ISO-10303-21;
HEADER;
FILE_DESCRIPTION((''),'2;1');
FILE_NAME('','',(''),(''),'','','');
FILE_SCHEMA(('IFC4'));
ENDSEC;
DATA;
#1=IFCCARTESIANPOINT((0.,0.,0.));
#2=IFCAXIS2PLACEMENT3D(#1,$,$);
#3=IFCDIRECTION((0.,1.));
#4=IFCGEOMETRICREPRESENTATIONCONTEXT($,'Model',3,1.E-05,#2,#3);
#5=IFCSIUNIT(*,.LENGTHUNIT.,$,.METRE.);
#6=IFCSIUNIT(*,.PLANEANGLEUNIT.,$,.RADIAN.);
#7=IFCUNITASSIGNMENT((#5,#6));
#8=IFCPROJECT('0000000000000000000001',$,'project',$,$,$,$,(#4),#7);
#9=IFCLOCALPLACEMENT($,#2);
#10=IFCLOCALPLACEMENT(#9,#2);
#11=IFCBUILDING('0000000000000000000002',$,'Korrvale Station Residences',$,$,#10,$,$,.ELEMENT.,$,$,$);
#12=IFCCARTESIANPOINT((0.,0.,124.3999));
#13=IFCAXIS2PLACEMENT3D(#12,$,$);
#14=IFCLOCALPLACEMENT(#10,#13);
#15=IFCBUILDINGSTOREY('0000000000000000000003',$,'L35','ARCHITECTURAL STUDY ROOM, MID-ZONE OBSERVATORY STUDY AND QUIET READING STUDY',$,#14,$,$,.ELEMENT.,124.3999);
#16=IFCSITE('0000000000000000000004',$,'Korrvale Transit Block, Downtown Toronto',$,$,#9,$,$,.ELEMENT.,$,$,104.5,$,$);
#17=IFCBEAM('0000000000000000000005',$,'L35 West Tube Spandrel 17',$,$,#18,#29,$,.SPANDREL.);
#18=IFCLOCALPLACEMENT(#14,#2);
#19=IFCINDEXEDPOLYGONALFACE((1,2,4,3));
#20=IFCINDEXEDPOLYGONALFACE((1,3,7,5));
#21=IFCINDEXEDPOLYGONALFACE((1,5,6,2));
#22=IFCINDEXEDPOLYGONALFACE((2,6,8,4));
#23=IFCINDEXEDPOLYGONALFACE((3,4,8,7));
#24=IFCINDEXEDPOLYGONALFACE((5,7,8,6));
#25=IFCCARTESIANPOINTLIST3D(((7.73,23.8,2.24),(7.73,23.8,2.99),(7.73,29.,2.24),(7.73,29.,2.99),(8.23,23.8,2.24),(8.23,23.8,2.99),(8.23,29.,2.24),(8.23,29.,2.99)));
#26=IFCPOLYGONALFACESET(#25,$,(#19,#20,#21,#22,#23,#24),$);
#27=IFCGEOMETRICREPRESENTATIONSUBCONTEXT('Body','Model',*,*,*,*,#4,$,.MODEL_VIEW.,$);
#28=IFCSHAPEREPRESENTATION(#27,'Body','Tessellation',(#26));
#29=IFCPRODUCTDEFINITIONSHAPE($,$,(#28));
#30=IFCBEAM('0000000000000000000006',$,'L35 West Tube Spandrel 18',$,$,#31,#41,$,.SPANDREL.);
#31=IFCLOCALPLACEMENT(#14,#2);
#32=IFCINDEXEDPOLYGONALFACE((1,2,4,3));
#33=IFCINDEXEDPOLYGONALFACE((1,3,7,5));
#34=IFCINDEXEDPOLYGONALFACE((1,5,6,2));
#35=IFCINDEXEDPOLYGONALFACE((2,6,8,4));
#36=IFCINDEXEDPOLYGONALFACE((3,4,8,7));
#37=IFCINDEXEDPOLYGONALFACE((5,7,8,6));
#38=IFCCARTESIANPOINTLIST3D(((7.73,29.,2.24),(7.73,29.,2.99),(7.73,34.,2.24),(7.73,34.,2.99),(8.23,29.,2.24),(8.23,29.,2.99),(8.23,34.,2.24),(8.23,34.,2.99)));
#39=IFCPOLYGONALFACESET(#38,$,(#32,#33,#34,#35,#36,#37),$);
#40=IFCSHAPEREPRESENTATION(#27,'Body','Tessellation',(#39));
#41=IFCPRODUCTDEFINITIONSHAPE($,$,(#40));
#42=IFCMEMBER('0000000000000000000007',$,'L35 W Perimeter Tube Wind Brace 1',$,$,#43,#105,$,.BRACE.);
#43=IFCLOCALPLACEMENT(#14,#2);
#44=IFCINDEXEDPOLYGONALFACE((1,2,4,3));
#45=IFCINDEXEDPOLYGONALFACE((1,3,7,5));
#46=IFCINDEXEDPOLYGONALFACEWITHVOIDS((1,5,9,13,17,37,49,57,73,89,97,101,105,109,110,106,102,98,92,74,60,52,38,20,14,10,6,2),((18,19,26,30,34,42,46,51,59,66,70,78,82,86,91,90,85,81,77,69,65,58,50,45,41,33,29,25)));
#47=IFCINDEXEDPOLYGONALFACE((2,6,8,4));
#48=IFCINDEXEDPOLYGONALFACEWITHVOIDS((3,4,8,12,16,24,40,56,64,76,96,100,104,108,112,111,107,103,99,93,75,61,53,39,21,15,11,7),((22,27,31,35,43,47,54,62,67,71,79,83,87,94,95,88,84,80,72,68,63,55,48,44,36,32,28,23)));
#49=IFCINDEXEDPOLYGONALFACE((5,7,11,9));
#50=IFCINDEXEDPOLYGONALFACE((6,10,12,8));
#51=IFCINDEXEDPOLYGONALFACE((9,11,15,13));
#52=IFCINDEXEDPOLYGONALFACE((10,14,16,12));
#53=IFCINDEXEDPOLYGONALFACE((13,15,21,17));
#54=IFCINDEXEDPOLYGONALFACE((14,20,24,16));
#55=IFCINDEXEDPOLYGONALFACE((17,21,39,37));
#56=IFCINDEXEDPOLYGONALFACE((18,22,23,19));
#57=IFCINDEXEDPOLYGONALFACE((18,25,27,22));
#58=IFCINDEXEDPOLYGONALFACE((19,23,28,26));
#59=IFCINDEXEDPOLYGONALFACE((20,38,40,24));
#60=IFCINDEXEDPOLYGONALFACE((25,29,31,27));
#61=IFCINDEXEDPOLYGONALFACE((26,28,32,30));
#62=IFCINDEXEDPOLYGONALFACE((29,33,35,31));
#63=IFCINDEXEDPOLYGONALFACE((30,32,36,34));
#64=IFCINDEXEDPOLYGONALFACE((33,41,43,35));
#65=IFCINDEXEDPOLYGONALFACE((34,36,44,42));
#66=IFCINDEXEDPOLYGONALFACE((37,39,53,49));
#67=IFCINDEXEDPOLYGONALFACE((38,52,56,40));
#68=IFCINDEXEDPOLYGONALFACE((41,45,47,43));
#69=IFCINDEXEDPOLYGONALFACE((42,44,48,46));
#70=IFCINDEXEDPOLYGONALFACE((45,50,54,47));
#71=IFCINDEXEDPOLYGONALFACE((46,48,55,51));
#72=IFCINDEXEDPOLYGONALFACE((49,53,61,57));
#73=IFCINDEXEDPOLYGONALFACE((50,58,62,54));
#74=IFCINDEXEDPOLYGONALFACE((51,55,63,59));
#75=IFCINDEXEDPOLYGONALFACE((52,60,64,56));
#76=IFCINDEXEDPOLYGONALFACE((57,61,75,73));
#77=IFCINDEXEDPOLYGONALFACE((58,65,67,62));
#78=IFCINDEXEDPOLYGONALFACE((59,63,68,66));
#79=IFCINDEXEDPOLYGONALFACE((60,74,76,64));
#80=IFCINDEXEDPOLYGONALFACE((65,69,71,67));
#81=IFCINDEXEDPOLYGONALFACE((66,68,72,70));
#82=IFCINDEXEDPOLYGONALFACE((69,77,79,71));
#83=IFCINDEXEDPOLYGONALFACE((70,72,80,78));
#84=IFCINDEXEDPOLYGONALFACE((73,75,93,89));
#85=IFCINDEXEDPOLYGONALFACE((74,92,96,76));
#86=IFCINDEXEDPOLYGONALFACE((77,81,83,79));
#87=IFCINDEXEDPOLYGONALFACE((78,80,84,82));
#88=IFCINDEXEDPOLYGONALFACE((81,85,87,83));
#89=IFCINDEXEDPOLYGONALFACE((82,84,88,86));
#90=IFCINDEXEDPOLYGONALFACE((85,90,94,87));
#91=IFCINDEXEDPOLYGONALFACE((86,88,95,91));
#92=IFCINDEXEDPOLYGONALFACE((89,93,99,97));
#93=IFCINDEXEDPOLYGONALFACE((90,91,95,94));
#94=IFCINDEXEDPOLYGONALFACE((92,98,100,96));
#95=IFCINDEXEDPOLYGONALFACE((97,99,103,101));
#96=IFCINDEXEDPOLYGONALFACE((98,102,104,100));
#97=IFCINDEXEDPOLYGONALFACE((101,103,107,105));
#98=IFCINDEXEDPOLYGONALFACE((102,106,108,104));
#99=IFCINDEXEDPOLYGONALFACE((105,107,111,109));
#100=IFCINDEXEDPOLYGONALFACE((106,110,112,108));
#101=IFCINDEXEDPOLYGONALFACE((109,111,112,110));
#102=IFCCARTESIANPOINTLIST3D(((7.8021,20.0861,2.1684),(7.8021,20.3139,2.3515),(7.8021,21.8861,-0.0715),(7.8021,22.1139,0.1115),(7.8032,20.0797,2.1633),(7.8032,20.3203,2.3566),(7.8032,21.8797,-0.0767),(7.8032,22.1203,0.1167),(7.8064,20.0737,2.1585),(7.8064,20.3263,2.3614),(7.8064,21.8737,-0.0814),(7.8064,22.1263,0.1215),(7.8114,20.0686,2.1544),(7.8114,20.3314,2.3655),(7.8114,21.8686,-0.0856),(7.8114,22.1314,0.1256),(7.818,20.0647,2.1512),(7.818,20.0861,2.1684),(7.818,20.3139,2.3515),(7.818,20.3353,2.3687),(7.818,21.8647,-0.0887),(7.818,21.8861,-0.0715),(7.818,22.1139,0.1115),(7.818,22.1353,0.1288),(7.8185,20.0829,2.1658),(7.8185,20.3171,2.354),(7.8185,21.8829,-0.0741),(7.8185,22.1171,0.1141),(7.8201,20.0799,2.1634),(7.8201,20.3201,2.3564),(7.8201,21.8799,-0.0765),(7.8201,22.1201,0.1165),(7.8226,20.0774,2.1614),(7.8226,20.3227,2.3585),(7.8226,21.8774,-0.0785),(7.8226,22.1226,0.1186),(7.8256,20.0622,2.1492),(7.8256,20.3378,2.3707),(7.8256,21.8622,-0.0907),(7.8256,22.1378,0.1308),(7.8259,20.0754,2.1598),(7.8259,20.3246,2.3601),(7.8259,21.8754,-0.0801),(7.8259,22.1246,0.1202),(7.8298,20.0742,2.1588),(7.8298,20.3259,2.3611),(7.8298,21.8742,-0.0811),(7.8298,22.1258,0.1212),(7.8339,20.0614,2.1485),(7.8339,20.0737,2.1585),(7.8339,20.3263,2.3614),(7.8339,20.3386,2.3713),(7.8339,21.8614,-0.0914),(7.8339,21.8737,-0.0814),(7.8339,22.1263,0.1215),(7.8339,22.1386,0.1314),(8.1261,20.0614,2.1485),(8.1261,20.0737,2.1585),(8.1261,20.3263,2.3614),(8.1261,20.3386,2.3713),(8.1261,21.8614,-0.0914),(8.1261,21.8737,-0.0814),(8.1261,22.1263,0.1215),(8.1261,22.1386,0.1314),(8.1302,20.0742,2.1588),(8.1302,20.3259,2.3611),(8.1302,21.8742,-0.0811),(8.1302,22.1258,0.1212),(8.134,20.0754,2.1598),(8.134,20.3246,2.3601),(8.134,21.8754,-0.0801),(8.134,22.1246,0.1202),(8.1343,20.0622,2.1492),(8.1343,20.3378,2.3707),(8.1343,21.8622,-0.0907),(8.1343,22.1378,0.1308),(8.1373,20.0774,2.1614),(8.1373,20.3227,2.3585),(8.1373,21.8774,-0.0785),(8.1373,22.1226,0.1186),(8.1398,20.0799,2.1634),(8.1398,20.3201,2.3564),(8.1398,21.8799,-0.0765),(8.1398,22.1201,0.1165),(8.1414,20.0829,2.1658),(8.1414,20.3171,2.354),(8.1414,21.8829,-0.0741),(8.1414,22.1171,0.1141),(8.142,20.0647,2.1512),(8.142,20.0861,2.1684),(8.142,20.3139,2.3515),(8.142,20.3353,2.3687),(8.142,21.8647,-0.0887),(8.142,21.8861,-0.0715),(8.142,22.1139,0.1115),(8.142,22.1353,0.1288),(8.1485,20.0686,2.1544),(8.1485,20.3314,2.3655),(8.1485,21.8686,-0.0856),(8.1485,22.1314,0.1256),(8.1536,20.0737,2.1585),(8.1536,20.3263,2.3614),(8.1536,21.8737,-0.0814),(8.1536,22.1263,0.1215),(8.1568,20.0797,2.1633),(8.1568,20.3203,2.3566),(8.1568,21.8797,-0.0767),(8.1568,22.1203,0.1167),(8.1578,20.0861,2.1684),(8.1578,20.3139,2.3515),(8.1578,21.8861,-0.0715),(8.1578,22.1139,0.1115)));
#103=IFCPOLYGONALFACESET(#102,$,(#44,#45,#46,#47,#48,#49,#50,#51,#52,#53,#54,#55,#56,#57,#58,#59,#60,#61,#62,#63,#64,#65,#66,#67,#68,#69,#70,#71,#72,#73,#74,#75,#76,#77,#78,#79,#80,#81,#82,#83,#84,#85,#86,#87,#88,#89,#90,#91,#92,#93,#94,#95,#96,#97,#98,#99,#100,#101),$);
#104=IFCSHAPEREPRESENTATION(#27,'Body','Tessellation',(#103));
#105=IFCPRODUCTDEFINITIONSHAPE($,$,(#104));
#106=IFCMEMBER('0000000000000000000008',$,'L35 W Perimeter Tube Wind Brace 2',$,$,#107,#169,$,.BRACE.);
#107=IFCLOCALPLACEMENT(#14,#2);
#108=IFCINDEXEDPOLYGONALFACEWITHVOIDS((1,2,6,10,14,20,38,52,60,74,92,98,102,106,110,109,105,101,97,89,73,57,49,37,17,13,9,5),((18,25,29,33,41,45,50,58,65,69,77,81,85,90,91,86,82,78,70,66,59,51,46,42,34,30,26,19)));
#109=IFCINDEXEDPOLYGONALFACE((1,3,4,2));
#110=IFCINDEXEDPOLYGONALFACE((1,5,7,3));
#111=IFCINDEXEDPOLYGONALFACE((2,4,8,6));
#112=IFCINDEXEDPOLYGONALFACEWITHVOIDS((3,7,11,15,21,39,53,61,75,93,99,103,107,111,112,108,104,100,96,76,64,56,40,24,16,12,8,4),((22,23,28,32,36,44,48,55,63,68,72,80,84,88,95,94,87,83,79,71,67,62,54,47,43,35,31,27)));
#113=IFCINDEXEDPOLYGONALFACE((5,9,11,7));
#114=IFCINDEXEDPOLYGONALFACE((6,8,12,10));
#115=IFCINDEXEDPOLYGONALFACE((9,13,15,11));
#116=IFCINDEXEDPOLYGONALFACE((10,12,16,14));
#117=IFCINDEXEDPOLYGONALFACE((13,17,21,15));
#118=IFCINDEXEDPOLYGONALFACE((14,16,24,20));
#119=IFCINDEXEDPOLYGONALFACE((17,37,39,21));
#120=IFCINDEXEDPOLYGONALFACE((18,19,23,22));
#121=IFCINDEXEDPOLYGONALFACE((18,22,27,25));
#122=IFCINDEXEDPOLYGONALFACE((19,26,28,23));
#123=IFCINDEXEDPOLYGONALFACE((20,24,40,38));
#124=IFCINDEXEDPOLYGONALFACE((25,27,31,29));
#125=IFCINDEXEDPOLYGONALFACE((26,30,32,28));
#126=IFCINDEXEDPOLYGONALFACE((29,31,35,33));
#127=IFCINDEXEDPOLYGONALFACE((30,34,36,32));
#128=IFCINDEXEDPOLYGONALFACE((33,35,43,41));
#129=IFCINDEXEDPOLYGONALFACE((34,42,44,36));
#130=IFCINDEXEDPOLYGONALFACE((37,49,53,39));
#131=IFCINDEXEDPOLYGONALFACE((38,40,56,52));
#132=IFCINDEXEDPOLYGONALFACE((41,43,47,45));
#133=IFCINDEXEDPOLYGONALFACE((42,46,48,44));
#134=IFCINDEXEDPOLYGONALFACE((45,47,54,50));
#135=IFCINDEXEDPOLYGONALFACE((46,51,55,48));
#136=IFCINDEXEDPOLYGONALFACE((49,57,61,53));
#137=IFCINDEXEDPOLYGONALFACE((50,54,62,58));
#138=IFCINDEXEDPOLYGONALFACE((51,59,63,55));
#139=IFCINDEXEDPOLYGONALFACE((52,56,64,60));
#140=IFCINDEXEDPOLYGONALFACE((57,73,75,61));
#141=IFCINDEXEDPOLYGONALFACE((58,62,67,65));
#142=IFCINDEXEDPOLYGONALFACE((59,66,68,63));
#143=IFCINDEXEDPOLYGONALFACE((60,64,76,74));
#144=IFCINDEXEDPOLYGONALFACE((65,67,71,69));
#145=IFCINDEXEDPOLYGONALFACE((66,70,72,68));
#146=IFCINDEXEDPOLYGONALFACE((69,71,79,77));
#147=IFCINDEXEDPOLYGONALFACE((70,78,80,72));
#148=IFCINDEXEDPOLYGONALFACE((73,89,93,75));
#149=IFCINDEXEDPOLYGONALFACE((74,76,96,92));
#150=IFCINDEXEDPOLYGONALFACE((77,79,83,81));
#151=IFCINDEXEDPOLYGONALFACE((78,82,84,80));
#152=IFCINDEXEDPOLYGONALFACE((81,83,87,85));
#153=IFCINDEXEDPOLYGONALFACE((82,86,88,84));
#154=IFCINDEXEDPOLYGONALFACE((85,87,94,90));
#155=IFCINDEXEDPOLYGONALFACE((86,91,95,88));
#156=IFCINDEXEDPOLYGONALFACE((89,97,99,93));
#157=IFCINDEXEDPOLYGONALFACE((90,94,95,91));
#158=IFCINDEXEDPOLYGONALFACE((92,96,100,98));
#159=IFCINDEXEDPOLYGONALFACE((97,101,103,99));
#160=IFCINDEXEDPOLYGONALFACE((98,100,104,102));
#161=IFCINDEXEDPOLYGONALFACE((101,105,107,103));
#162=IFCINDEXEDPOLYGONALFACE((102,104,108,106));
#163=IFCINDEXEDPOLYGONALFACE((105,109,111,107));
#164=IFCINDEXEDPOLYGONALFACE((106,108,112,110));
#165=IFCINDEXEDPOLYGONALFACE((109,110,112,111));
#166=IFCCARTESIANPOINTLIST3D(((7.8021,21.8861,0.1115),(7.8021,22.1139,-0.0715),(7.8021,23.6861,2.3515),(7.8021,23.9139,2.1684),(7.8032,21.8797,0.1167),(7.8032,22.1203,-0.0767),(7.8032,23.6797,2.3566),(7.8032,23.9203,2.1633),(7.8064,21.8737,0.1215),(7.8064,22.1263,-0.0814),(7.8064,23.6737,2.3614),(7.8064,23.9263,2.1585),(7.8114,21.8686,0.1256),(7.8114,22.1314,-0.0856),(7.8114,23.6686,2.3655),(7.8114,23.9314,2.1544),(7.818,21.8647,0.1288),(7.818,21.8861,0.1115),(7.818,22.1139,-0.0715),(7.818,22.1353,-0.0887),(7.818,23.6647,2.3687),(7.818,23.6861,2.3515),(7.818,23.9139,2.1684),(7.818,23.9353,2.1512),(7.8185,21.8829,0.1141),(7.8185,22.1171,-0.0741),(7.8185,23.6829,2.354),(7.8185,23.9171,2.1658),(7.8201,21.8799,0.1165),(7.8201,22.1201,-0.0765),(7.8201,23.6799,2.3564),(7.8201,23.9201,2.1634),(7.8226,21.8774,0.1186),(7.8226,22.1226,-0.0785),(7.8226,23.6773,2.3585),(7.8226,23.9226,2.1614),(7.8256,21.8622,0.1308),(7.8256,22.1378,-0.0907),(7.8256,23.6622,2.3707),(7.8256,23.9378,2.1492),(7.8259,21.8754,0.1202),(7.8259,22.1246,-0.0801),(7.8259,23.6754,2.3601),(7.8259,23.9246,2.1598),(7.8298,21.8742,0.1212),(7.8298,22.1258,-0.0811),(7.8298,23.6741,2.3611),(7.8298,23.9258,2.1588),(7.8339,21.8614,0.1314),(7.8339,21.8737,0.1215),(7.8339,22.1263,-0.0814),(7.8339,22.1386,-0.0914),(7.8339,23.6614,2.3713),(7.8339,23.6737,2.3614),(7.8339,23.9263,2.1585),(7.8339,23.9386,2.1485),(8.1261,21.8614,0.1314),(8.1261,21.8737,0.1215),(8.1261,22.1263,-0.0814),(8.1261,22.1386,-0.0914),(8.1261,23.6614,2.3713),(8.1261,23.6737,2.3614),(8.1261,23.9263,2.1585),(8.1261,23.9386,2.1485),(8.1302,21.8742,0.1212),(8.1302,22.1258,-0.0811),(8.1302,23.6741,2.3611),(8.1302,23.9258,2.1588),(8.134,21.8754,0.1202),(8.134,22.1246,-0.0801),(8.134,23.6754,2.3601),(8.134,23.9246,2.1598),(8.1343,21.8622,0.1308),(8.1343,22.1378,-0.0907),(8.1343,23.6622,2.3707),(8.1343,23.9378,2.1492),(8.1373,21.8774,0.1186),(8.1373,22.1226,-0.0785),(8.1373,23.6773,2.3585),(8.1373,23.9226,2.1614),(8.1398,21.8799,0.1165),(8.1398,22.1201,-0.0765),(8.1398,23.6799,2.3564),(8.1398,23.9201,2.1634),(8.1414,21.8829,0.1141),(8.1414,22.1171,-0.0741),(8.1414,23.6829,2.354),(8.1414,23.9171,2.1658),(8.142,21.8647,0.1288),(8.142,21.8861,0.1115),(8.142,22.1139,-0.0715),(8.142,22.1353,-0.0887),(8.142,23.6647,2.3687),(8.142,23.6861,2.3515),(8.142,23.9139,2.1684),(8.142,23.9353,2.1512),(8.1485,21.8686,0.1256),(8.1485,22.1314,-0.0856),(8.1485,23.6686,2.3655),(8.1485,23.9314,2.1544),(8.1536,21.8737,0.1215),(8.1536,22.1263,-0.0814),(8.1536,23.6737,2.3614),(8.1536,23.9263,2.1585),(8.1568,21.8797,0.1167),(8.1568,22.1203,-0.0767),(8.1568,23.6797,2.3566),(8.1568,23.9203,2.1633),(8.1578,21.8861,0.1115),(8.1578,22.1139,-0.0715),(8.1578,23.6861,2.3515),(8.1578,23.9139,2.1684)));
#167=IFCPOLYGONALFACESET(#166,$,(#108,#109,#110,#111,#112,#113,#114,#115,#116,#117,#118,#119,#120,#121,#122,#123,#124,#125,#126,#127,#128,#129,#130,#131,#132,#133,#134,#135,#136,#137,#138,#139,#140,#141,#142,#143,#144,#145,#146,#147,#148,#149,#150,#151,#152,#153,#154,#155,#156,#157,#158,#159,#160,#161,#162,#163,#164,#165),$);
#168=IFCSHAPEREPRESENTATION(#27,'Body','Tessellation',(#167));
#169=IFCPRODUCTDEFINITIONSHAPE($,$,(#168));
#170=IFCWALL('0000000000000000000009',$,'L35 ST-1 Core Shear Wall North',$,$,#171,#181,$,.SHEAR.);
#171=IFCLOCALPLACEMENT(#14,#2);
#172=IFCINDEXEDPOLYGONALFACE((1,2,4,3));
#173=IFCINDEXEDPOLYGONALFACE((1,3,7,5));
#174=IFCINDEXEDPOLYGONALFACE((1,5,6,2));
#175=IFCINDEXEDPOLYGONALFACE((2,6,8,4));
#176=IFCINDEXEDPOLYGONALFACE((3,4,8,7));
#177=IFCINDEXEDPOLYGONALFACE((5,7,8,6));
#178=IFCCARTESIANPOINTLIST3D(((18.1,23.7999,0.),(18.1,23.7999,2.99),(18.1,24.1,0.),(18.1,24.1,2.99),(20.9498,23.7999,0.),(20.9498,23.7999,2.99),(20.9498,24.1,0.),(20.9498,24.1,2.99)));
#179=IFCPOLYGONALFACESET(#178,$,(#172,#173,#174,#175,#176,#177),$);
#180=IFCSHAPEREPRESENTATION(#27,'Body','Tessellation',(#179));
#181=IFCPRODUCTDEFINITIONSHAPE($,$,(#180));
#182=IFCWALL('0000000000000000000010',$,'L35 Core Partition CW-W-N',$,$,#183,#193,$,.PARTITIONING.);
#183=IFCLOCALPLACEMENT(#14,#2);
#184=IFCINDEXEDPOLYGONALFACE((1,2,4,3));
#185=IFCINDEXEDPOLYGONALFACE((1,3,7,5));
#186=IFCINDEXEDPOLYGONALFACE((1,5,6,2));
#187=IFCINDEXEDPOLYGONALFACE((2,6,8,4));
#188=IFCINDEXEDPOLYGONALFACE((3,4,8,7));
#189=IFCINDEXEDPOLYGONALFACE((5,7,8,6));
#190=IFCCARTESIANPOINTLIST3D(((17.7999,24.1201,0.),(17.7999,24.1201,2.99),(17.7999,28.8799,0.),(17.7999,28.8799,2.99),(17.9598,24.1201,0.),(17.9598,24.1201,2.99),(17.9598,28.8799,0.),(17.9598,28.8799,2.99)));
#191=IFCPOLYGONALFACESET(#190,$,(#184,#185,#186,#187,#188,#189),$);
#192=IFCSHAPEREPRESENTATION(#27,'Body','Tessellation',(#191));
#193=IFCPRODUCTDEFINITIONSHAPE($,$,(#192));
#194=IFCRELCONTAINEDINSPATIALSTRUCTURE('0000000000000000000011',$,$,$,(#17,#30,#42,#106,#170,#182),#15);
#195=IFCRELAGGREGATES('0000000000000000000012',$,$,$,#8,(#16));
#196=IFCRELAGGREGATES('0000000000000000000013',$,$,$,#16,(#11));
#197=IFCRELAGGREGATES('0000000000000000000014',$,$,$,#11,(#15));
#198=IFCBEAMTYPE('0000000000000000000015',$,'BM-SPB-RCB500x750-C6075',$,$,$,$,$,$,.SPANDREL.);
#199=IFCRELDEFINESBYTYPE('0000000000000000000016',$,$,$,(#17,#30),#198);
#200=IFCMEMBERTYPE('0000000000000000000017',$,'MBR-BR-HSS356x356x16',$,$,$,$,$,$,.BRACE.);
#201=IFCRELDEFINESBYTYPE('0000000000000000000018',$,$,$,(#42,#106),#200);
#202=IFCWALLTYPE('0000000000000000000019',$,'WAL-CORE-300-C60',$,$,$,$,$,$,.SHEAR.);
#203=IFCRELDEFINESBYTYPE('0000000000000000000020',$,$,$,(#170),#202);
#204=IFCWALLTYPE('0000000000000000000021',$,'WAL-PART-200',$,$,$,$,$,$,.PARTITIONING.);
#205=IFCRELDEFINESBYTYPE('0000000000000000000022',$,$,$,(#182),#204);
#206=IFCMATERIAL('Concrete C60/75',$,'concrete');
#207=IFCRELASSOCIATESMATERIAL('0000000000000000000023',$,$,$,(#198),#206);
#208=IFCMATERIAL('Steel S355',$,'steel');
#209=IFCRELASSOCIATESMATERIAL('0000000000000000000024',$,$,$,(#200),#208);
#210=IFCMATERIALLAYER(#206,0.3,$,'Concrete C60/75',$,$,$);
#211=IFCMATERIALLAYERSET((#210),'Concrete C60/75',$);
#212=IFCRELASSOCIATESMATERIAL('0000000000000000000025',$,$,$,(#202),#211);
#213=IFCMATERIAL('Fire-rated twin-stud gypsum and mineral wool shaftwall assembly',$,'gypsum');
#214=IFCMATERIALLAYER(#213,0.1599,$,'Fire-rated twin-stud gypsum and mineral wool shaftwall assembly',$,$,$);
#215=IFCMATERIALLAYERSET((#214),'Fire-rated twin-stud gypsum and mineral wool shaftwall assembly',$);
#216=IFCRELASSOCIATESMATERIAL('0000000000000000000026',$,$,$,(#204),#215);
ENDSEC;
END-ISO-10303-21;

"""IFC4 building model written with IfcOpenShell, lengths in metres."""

from ifc_helpers import new_model, si_unit, direction, frame, frame_2d, origin, origin_2d, place, context, subcontext, project, spatial, rectangle, hollow_rectangle, extrude, material, layer, layer_set, material_profile, profile_set, type_object, element, save


model = new_model("IFC4")

# Units and contexts
model_context = context("Model", 3, precision=1e-05, world=origin(), true_north=direction((0.0, 1.0)))
body_context = subcontext(model_context, "Body", "Model", "MODEL_VIEW")
ifc_project = project(units=[si_unit("LENGTHUNIT", "METRE"), si_unit("PLANEANGLEUNIT", "RADIAN")], contexts=[model_context])

# Site, building, storey
site_placement = place(None, origin())
site = spatial("IfcSite", under=ifc_project, at=site_placement, Name="Korrvale Transit Block, Downtown Toronto", CompositionType="ELEMENT", RefElevation=104.5)
building_placement = place(site_placement, origin())
building = spatial("IfcBuilding", under=site, at=building_placement, Name="Korrvale Station Residences", CompositionType="ELEMENT")
storey_placement = place(building_placement, frame((0.0, 0.0, 124.3999)))
storey = spatial("IfcBuildingStorey", under=building, at=storey_placement, Name="L35", Description="ARCHITECTURAL STUDY ROOM, MID-ZONE OBSERVATORY STUDY AND QUIET READING STUDY", CompositionType="ELEMENT", Elevation=124.3999)

# Shared definitions
ifc_material_1 = material(Name="Concrete C60/75", Category="concrete")

# Beams
ifc_material_2 = material(Name="Steel S355", Category="steel")
ifc_material_profile_1 = material_profile(ifc_material_1, rectangle(XDim=0.5, YDim=0.75, at=origin_2d()), Name="RCB500x750")
ifc_profile_set_1 = profile_set([ifc_material_profile_1], Name="Concrete C60/75")
beam_type_1 = type_object("IfcBeamType", Name="BM-SPB-RCB500x750-C6075", PredefinedType="SPANDREL", material=ifc_profile_set_1)
beam_1_placement = place(storey_placement, frame((7.98, 23.8, 2.615), z_axis=(0.0, 1.0, 0.0), x_axis=(-1.0, 0.0, 0.0)))
element("IfcBeam", 1, at=beam_1_placement, inside=storey, type_object=beam_type_1, Name="L35 West Tube Spandrel 17", PredefinedType="SPANDREL", context=body_context, shape_type="SweptSolid", body=[
    extrude(rectangle(XDim=0.5, YDim=0.75, at=origin_2d()), origin(), (0.0, 0.0, 1.0), 5.2),
])
beam_2_placement = place(storey_placement, frame((7.98, 29.0, 2.615), z_axis=(0.0, 1.0, 0.0), x_axis=(-1.0, 0.0, 0.0)))
element("IfcBeam", 2, at=beam_2_placement, inside=storey, type_object=beam_type_1, Name="L35 West Tube Spandrel 18", PredefinedType="SPANDREL", context=body_context, shape_type="SweptSolid", body=[
    extrude(rectangle(XDim=0.5, YDim=0.75, at=origin_2d()), origin(), (0.0, 0.0, 1.0), 5.0),
])

# Members
ifc_material_profile_2 = material_profile(ifc_material_2, hollow_rectangle(XDim=0.3557, YDim=0.3557, WallThickness=0.0159, InnerFilletRadius=0.0159, OuterFilletRadius=0.0317, at=origin_2d()), Name="HSS356x356x16")
ifc_profile_set_2 = profile_set([ifc_material_profile_2], Name="Steel S355")
member_type = type_object("IfcMemberType", Name="MBR-BR-HSS356x356x16", PredefinedType="BRACE", material=ifc_profile_set_2)
for number, where, z_axis, x_axis, name in (
    (3, (7.98, 22.0, 0.02), (0.0, -0.626403, 0.779499), (1.0, 0.0, 0.0), "L35 W Perimeter Tube Wind Brace 1"),
    (4, (7.98, 22.0, 0.02), (0.0, 0.626403, 0.779499), (-1.0, 0.0, 0.0), "L35 W Perimeter Tube Wind Brace 2"),
):
    element("IfcMember", number, at=place(storey_placement, frame(where, z_axis=z_axis, x_axis=x_axis)), inside=storey, type_object=member_type, Name=name, PredefinedType="BRACE", context=body_context, shape_type="SweptSolid", body=[
        extrude(hollow_rectangle(XDim=0.3557, YDim=0.3557, WallThickness=0.0159, InnerFilletRadius=0.0159, OuterFilletRadius=0.0317, at=origin_2d()), origin(), (0.0, 0.0, 1.0), 2.8735),
    ])

# Walls
ifc_layer_1 = layer(ifc_material_1, 0.3, Name="Concrete C60/75")
ifc_layer_set_1 = layer_set([ifc_layer_1], Name="Concrete C60/75")
wall_type_1 = type_object("IfcWallType", Name="WAL-CORE-300-C60", PredefinedType="SHEAR", material=ifc_layer_set_1)
wall_1_placement = place(storey_placement, frame((18.1001, 23.95, 0.0), z_axis=(0.0, 0.0, 1.0), x_axis=(1.0, 0.0, 0.0)))
element("IfcWall", 5, at=wall_1_placement, inside=storey, type_object=wall_type_1, Name="L35 ST-1 Core Shear Wall North", PredefinedType="SHEAR", context=body_context, shape_type="SweptSolid", body=[
    extrude(rectangle(XDim=2.8499, YDim=0.3, at=frame_2d((1.4248, 0.0))), origin(), (0.0, 0.0, 1.0), 2.99),
])
ifc_material_3 = material(Name="Fire-rated twin-stud gypsum and mineral wool shaftwall assembly", Category="gypsum")
ifc_layer_2 = layer(ifc_material_3, 0.1599, Name="Fire-rated twin-stud gypsum and mineral wool shaftwall assembly")
ifc_layer_set_2 = layer_set([ifc_layer_2], Name="Fire-rated twin-stud gypsum and mineral wool shaftwall assembly")
wall_type_2 = type_object("IfcWallType", Name="WAL-PART-200", PredefinedType="PARTITIONING", material=ifc_layer_set_2)
wall_2_placement = place(storey_placement, frame((17.8799, 24.1201, 0.0), z_axis=(0.0, 0.0, 1.0), x_axis=(0.0, 1.0, 0.0)))
element("IfcWall", 6, at=wall_2_placement, inside=storey, type_object=wall_type_2, Name="L35 Core Partition CW-W-N", PredefinedType="PARTITIONING", context=body_context, shape_type="SweptSolid", body=[
    extrude(rectangle(XDim=4.7598, YDim=0.1599, at=frame_2d((2.3799, 0.0))), origin(), (0.0, 0.0, 1.0), 2.99),
])

save(model, "model.ifc")
